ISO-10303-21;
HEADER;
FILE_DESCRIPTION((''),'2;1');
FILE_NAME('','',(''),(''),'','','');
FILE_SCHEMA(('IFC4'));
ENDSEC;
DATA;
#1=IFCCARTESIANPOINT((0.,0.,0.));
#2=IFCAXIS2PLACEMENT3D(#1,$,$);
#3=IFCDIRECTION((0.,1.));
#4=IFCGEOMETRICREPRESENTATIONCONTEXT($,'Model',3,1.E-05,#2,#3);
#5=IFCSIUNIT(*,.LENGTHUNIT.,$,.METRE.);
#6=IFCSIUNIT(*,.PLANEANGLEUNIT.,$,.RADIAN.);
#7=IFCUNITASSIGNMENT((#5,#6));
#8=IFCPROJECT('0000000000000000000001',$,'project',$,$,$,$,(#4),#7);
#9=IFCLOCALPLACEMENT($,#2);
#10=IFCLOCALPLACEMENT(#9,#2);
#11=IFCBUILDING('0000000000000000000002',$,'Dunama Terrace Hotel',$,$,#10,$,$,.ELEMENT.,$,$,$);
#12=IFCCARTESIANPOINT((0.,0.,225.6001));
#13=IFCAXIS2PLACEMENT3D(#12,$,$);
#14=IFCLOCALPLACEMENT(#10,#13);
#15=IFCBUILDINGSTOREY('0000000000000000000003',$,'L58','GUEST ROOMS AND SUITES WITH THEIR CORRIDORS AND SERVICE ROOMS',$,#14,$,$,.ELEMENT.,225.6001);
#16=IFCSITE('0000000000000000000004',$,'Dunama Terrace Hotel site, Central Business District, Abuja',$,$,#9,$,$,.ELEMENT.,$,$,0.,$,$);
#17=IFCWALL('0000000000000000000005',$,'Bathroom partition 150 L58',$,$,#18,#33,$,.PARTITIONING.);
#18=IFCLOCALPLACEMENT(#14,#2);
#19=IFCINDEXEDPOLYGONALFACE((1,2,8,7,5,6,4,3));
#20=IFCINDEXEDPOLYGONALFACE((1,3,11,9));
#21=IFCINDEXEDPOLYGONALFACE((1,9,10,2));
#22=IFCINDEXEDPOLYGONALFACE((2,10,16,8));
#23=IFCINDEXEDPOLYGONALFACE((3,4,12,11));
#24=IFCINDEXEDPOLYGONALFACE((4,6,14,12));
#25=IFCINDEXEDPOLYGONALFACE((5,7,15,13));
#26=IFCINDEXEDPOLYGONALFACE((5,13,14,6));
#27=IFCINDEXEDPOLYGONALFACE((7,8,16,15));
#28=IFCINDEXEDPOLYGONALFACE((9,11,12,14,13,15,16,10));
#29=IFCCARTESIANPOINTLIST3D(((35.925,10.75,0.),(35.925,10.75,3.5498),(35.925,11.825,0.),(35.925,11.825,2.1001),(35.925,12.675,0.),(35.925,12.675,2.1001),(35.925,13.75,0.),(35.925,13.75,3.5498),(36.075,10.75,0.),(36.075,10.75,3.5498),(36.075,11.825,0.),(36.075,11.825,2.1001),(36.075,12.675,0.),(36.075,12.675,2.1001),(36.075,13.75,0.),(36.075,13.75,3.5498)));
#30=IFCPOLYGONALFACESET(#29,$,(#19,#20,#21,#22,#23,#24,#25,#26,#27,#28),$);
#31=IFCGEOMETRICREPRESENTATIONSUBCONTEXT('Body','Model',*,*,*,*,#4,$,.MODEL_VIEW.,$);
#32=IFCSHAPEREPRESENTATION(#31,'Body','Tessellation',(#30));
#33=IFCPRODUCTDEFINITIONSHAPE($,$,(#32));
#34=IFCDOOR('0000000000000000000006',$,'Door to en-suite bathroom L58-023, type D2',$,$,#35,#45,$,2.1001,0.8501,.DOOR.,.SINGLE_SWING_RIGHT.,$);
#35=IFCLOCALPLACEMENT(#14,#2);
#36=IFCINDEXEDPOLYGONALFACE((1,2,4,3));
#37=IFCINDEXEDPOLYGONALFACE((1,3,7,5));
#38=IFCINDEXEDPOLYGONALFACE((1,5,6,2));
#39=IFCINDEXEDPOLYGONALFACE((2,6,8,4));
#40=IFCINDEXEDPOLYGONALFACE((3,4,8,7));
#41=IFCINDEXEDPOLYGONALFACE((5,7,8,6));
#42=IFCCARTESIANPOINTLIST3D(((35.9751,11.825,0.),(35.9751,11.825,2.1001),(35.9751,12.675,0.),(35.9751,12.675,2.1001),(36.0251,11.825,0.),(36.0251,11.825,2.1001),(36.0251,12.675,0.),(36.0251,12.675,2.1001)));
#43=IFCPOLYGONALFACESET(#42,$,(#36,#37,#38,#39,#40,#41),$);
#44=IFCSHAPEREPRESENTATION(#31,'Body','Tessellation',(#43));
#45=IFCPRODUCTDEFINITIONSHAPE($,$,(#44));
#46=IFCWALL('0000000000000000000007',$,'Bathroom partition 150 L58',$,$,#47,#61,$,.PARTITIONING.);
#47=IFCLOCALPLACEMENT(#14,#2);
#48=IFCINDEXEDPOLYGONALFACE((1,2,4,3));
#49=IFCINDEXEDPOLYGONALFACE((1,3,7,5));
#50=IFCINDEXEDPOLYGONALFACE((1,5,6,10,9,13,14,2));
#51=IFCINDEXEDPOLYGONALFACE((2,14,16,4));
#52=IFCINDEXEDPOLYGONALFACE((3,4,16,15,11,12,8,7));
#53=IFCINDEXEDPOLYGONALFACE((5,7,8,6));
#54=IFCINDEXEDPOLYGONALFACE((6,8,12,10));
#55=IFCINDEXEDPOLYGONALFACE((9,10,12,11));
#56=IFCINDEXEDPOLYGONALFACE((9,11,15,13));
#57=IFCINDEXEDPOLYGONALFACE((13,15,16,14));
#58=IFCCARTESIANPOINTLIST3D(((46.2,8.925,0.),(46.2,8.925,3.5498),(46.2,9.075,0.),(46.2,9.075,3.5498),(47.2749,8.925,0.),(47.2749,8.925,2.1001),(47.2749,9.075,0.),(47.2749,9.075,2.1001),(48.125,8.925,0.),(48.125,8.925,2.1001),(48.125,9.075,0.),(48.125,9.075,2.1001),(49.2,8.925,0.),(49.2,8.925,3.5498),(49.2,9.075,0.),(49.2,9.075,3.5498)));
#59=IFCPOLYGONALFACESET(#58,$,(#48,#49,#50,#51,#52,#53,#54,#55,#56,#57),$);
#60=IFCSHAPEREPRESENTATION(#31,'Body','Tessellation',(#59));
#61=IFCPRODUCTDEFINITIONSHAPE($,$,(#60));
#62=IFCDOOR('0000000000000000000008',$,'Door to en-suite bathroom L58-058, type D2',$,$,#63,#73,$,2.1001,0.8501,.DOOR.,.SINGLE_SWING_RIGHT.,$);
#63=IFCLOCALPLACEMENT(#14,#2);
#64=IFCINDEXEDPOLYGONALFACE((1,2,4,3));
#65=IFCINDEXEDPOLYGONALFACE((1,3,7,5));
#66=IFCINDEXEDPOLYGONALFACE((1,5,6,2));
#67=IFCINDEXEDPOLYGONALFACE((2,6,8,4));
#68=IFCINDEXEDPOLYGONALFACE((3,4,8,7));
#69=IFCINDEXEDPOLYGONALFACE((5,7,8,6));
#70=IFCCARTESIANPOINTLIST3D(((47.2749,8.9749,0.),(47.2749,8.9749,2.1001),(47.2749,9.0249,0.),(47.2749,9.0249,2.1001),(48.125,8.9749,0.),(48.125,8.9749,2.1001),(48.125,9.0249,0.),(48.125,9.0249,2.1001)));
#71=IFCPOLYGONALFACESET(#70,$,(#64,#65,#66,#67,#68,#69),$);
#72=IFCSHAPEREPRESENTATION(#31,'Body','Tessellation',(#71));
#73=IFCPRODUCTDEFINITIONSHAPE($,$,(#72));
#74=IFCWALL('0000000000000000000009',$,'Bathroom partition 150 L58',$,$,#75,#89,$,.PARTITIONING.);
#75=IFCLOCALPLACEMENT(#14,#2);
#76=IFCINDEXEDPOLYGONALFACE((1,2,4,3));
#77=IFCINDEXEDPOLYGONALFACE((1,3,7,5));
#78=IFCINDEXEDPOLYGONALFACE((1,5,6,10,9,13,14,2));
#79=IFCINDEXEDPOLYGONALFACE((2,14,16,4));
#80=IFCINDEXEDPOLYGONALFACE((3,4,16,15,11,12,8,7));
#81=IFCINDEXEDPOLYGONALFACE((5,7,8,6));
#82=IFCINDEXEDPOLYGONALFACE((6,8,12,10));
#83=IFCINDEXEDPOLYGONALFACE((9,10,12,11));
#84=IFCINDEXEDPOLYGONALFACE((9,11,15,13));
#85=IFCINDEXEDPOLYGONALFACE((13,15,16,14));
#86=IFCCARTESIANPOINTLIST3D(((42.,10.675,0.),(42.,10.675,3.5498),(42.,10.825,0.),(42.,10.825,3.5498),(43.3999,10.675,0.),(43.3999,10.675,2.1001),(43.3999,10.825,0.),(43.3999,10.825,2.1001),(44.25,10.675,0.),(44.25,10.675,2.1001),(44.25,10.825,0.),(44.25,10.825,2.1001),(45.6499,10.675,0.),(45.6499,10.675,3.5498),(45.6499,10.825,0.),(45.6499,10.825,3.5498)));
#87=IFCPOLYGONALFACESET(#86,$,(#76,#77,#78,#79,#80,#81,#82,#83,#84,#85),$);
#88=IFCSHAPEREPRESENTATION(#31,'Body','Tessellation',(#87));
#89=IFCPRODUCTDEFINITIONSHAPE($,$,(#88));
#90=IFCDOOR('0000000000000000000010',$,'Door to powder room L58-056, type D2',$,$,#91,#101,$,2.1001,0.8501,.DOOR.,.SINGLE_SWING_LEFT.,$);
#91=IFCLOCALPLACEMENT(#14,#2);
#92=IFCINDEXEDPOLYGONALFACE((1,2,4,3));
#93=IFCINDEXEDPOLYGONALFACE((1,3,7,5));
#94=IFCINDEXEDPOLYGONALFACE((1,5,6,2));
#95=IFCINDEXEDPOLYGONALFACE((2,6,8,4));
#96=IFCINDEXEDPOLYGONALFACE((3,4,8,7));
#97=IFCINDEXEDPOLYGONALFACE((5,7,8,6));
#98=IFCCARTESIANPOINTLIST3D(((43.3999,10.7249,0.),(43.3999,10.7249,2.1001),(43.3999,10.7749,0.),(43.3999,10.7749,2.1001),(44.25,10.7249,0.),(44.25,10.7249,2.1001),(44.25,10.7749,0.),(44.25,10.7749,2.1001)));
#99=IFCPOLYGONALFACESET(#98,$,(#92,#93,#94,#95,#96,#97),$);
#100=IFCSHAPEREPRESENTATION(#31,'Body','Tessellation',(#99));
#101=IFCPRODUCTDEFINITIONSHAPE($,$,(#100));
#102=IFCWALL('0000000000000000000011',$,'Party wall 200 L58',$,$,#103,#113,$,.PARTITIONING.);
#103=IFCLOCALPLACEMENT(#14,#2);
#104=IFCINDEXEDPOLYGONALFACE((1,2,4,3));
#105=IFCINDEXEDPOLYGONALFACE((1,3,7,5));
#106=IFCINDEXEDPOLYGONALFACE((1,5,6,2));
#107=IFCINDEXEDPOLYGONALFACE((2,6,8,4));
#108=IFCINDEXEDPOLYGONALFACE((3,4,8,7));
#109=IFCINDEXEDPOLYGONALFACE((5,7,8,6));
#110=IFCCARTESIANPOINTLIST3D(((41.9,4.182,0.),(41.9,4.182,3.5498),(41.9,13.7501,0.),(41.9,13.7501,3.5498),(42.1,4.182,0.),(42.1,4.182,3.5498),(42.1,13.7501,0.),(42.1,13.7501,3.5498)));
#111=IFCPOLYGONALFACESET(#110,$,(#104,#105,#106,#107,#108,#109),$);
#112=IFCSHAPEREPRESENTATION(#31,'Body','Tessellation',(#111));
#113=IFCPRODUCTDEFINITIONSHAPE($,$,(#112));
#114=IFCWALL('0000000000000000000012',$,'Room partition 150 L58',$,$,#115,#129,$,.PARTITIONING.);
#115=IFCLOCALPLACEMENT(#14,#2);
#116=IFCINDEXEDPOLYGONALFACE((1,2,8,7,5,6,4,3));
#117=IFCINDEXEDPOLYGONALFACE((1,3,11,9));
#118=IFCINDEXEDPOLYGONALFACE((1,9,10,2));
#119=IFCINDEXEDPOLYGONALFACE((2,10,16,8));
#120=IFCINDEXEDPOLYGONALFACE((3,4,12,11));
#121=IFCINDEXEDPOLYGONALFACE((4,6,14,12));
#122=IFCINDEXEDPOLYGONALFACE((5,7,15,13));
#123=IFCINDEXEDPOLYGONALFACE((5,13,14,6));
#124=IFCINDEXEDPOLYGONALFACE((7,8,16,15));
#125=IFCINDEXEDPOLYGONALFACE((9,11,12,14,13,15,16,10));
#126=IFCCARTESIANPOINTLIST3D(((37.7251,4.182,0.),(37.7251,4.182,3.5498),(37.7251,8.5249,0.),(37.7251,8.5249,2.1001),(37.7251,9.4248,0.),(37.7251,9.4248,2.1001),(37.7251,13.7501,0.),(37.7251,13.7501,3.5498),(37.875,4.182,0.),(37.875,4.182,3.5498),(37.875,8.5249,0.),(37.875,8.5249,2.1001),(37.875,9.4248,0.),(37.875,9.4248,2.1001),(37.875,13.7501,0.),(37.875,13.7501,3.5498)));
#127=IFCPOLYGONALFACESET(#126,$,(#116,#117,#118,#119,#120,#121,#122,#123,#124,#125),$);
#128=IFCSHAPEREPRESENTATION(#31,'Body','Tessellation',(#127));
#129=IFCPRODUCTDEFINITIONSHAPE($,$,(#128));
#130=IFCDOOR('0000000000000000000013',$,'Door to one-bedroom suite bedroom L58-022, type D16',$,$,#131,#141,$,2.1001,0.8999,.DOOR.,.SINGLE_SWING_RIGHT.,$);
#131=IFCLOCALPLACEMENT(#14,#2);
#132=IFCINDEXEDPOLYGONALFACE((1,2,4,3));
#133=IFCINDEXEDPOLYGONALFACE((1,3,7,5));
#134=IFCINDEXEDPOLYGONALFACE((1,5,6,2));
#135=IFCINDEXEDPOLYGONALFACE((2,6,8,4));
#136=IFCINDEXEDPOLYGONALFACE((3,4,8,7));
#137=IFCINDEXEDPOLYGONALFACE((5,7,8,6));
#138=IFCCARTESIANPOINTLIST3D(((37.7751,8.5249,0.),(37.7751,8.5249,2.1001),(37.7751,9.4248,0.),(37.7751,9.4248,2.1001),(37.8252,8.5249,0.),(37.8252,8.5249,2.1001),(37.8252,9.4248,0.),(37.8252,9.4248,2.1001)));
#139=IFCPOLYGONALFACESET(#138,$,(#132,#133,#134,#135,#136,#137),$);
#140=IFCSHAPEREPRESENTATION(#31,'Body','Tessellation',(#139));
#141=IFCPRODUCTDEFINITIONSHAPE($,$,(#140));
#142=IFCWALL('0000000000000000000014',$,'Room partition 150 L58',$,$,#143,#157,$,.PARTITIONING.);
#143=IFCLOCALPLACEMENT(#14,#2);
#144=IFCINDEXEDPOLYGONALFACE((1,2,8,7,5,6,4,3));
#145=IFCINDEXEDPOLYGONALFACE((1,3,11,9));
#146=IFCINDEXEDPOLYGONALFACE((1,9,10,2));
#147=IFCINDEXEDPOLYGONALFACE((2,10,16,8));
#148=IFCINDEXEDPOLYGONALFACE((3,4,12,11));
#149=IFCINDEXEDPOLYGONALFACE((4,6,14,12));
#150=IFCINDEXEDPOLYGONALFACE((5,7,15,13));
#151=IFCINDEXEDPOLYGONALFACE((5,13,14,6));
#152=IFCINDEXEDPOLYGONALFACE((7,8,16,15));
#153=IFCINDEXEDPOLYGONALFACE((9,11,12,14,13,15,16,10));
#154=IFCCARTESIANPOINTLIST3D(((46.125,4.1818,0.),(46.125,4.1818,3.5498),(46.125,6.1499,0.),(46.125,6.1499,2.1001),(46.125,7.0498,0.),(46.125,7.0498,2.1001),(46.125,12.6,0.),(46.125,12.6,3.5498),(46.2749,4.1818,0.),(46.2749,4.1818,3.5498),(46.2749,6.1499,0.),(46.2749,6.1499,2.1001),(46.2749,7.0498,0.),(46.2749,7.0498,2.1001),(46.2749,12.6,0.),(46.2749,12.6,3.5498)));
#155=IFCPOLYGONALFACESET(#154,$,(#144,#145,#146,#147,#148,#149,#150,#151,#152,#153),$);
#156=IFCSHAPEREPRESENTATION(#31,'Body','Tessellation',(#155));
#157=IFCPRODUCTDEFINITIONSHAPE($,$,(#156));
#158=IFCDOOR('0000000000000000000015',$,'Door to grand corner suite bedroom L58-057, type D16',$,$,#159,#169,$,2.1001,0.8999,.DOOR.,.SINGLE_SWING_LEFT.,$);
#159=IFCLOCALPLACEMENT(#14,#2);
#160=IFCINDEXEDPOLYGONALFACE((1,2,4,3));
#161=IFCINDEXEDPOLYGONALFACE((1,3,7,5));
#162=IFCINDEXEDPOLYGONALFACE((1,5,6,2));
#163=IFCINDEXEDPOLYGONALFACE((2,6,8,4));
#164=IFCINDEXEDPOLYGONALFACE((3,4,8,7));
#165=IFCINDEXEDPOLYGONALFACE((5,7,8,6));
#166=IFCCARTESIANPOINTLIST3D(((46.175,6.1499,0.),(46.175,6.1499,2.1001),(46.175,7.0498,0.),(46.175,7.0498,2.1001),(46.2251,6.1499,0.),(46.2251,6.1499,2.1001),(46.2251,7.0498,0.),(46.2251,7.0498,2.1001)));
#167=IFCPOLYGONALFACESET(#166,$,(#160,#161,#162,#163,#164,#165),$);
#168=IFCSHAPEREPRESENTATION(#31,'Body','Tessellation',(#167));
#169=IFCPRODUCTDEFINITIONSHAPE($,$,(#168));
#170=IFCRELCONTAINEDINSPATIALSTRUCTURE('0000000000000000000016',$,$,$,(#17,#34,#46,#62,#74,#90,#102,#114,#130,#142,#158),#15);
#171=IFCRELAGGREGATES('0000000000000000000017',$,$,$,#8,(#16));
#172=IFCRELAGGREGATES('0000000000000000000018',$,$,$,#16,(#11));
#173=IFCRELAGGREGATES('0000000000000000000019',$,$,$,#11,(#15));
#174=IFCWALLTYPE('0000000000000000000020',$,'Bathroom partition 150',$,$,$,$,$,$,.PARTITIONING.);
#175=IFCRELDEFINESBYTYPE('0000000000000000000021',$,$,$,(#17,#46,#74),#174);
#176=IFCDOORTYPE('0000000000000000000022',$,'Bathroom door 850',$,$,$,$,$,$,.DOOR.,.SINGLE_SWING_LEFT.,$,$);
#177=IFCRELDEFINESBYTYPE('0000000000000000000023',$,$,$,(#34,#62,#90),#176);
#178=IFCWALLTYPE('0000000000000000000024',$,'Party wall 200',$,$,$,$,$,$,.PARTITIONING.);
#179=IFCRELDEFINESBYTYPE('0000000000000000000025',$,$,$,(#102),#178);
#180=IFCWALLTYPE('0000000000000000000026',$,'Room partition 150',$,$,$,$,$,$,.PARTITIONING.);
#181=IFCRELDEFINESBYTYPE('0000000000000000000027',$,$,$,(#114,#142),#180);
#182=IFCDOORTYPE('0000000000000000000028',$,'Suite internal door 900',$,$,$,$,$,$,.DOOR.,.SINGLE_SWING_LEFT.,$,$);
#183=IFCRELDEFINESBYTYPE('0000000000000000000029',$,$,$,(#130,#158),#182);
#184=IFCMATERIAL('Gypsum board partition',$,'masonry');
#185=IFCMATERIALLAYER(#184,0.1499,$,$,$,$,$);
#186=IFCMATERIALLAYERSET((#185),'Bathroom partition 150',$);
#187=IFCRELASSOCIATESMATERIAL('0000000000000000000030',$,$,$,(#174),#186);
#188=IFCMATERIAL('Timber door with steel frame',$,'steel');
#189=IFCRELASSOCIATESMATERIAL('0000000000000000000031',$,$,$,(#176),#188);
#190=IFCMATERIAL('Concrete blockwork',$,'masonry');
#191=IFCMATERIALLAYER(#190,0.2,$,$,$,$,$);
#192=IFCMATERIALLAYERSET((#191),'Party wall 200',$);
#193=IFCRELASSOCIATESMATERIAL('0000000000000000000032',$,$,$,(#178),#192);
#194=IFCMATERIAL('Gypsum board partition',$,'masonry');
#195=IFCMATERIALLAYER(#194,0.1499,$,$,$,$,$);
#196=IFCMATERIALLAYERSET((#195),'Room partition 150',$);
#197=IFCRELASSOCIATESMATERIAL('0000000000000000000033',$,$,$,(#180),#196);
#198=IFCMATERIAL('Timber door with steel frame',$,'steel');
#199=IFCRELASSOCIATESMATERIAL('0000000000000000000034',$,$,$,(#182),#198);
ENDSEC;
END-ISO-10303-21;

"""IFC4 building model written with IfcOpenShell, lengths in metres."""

from ifc_helpers import new_model, si_unit, direction, frame, frame_2d, origin, place, context, subcontext, project, spatial, rectangle, extrude, material, layer, layer_set, type_object, element, fill, save


model = new_model("IFC4")

# Units and contexts
model_context = context("Model", 3, precision=1e-05, world=origin(), true_north=direction((0.0, 1.0)))
body_context = subcontext(model_context, "Body", "Model", "MODEL_VIEW")
ifc_project = project(units=[si_unit("LENGTHUNIT", "METRE"), si_unit("PLANEANGLEUNIT", "RADIAN")], contexts=[model_context])

# Site, building, storey
site_placement = place(None, origin())
site = spatial("IfcSite", under=ifc_project, at=site_placement, Name="Dunama Terrace Hotel site, Central Business District, Abuja", CompositionType="ELEMENT", RefElevation=0.0)
building_placement = place(site_placement, origin())
building = spatial("IfcBuilding", under=site, at=building_placement, Name="Dunama Terrace Hotel", CompositionType="ELEMENT")
storey_placement = place(building_placement, frame((0.0, 0.0, 225.6001)))
storey = spatial("IfcBuildingStorey", under=building, at=storey_placement, Name="L58", Description="GUEST ROOMS AND SUITES WITH THEIR CORRIDORS AND SERVICE ROOMS", CompositionType="ELEMENT", Elevation=225.6001)

# Walls, openings, doors
ifc_material_1 = material(Name="Gypsum board partition", Category="masonry")
ifc_layer_1 = layer(ifc_material_1, 0.1499)
ifc_layer_set_1 = layer_set([ifc_layer_1], Name="Bathroom partition 150")
wall_type_1 = type_object("IfcWallType", Name="Bathroom partition 150", PredefinedType="PARTITIONING", material=ifc_layer_set_1)
wall_1_placement = place(storey_placement, frame((36.0, 10.75, 0.0), z_axis=(0.0, 0.0, 1.0), x_axis=(0.0, 1.0, 0.0)))
wall_1 = element("IfcWall", 1, at=wall_1_placement, inside=storey, type_object=wall_type_1, Name="Bathroom partition 150 L58", PredefinedType="PARTITIONING", context=body_context, shape_type="SweptSolid", body=[
    extrude(rectangle(XDim=3.0, YDim=0.1499, at=frame_2d((1.5, 0.0))), origin(), (0.0, 0.0, 1.0), 3.5498),
])
opening_1_placement = place(wall_1_placement, frame((1.075, 0.0, 0.0)))
opening_1 = element("IfcOpeningElement", 2, at=opening_1_placement, cuts=wall_1, PredefinedType="OPENING", context=body_context, shape_type="SweptSolid", body=[
    extrude(rectangle(XDim=0.8501, YDim=2.1001, at=frame_2d((0.425, 1.05))), frame((0.0, 0.085, 0.0), z_axis=(0.0, -1.0, 0.0), x_axis=(1.0, 0.0, 0.0)), (0.0, 0.0, 1.0), 0.1699),
])
ifc_material_2 = material(Name="Timber door with steel frame", Category="steel")
door_type_1 = type_object("IfcDoorType", Name="Bathroom door 850", OperationType="SINGLE_SWING_LEFT", PredefinedType="DOOR", material=ifc_material_2)
door_1_placement = place(opening_1_placement, origin())
door_1 = element("IfcDoor", 3, at=door_1_placement, inside=storey, type_object=door_type_1, Name="Door to en-suite bathroom L58-023, type D2", OperationType="SINGLE_SWING_RIGHT", OverallHeight=2.1001, OverallWidth=0.8501, PredefinedType="DOOR", context=body_context, shape_type="SweptSolid", body=[
    extrude(rectangle(XDim=0.8501, YDim=2.1001, at=frame_2d((0.425, 1.05))), frame((0.0, 0.0249, 0.0), z_axis=(0.0, -1.0, 0.0), x_axis=(1.0, 0.0, 0.0)), (0.0, 0.0, 1.0), 0.05),
])
fill(opening_1, door_1)
wall_2_placement = place(storey_placement, frame((46.2, 9.0, 0.0), z_axis=(0.0, 0.0, 1.0), x_axis=(1.0, 0.0, 0.0)))
wall_2 = element("IfcWall", 4, at=wall_2_placement, inside=storey, type_object=wall_type_1, Name="Bathroom partition 150 L58", PredefinedType="PARTITIONING", context=body_context, shape_type="SweptSolid", body=[
    extrude(rectangle(XDim=3.0, YDim=0.1499, at=frame_2d((1.5, 0.0))), origin(), (0.0, 0.0, 1.0), 3.5498),
])
opening_2_placement = place(wall_2_placement, frame((1.075, 0.0, 0.0)))
opening_2 = element("IfcOpeningElement", 5, at=opening_2_placement, cuts=wall_2, PredefinedType="OPENING", context=body_context, shape_type="SweptSolid", body=[
    extrude(rectangle(XDim=0.8501, YDim=2.1001, at=frame_2d((0.425, 1.05))), frame((0.0, 0.085, 0.0), z_axis=(0.0, -1.0, 0.0), x_axis=(1.0, 0.0, 0.0)), (0.0, 0.0, 1.0), 0.1699),
])
door_2_placement = place(opening_2_placement, origin())
door_2 = element("IfcDoor", 6, at=door_2_placement, inside=storey, type_object=door_type_1, Name="Door to en-suite bathroom L58-058, type D2", OperationType="SINGLE_SWING_RIGHT", OverallHeight=2.1001, OverallWidth=0.8501, PredefinedType="DOOR", context=body_context, shape_type="SweptSolid", body=[
    extrude(rectangle(XDim=0.8501, YDim=2.1001, at=frame_2d((0.425, 1.05))), frame((0.0, 0.0249, 0.0), z_axis=(0.0, -1.0, 0.0), x_axis=(1.0, 0.0, 0.0)), (0.0, 0.0, 1.0), 0.05),
])
fill(opening_2, door_2)
wall_3_placement = place(storey_placement, frame((42.0, 10.75, 0.0), z_axis=(0.0, 0.0, 1.0), x_axis=(1.0, 0.0, 0.0)))
wall_3 = element("IfcWall", 7, at=wall_3_placement, inside=storey, type_object=wall_type_1, Name="Bathroom partition 150 L58", PredefinedType="PARTITIONING", context=body_context, shape_type="SweptSolid", body=[
    extrude(rectangle(XDim=3.6499, YDim=0.1499, at=frame_2d((1.825, 0.0))), origin(), (0.0, 0.0, 1.0), 3.5498),
])
opening_3_placement = place(wall_3_placement, frame((1.3999, 0.0, 0.0)))
opening_3 = element("IfcOpeningElement", 8, at=opening_3_placement, cuts=wall_3, PredefinedType="OPENING", context=body_context, shape_type="SweptSolid", body=[
    extrude(rectangle(XDim=0.8501, YDim=2.1001, at=frame_2d((0.425, 1.05))), frame((0.0, 0.085, 0.0), z_axis=(0.0, -1.0, 0.0), x_axis=(1.0, 0.0, 0.0)), (0.0, 0.0, 1.0), 0.1699),
])
door_3_placement = place(opening_3_placement, origin())
door_3 = element("IfcDoor", 9, at=door_3_placement, inside=storey, type_object=door_type_1, Name="Door to powder room L58-056, type D2", OperationType="SINGLE_SWING_LEFT", OverallHeight=2.1001, OverallWidth=0.8501, PredefinedType="DOOR", context=body_context, shape_type="SweptSolid", body=[
    extrude(rectangle(XDim=0.8501, YDim=2.1001, at=frame_2d((0.425, 1.05))), frame((0.0, 0.0249, 0.0), z_axis=(0.0, -1.0, 0.0), x_axis=(1.0, 0.0, 0.0)), (0.0, 0.0, 1.0), 0.05),
])
fill(opening_3, door_3)

# Wall
ifc_material_3 = material(Name="Concrete blockwork", Category="masonry")
ifc_layer_2 = layer(ifc_material_3, 0.2)
ifc_layer_set_2 = layer_set([ifc_layer_2], Name="Party wall 200")
wall_type_2 = type_object("IfcWallType", Name="Party wall 200", PredefinedType="PARTITIONING", material=ifc_layer_set_2)
wall_4_placement = place(storey_placement, frame((42.0, 4.1819, 0.0), z_axis=(0.0, 0.0, 1.0), x_axis=(0.0, 1.0, 0.0)))
element("IfcWall", 10, at=wall_4_placement, inside=storey, type_object=wall_type_2, Name="Party wall 200 L58", PredefinedType="PARTITIONING", context=body_context, shape_type="SweptSolid", body=[
    extrude(rectangle(XDim=9.5681, YDim=0.2, at=frame_2d((4.7842, 0.0))), origin(), (0.0, 0.0, 1.0), 3.5498),
])

# Walls, openings, doors
ifc_material_4 = material(Name="Gypsum board partition", Category="masonry")
ifc_layer_3 = layer(ifc_material_4, 0.1499)
ifc_layer_set_3 = layer_set([ifc_layer_3], Name="Room partition 150")
wall_type_3 = type_object("IfcWallType", Name="Room partition 150", PredefinedType="PARTITIONING", material=ifc_layer_set_3)
wall_5_placement = place(storey_placement, frame((37.8, 4.1819, 0.0), z_axis=(0.0, 0.0, 1.0), x_axis=(0.0, 1.0, 0.0)))
wall_5 = element("IfcWall", 11, at=wall_5_placement, inside=storey, type_object=wall_type_3, Name="Room partition 150 L58", PredefinedType="PARTITIONING", context=body_context, shape_type="SweptSolid", body=[
    extrude(rectangle(XDim=9.5681, YDim=0.1499, at=frame_2d((4.7842, 0.0))), origin(), (0.0, 0.0, 1.0), 3.5498),
])
opening_4_placement = place(wall_5_placement, frame((4.343, 0.0, 0.0)))
opening_4 = element("IfcOpeningElement", 12, at=opening_4_placement, cuts=wall_5, PredefinedType="OPENING", context=body_context, shape_type="SweptSolid", body=[
    extrude(rectangle(XDim=0.8999, YDim=2.1001, at=frame_2d((0.45, 1.05))), frame((0.0, 0.085, 0.0), z_axis=(0.0, -1.0, 0.0), x_axis=(1.0, 0.0, 0.0)), (0.0, 0.0, 1.0), 0.1699),
])
ifc_material_5 = material(Name="Timber door with steel frame", Category="steel")
door_type_2 = type_object("IfcDoorType", Name="Suite internal door 900", OperationType="SINGLE_SWING_LEFT", PredefinedType="DOOR", material=ifc_material_5)
door_4_placement = place(opening_4_placement, origin())
door_4 = element("IfcDoor", 13, at=door_4_placement, inside=storey, type_object=door_type_2, Name="Door to one-bedroom suite bedroom L58-022, type D16", OperationType="SINGLE_SWING_RIGHT", OverallHeight=2.1001, OverallWidth=0.8999, PredefinedType="DOOR", context=body_context, shape_type="SweptSolid", body=[
    extrude(rectangle(XDim=0.8999, YDim=2.1001, at=frame_2d((0.45, 1.05))), frame((0.0, 0.0249, 0.0), z_axis=(0.0, -1.0, 0.0), x_axis=(1.0, 0.0, 0.0)), (0.0, 0.0, 1.0), 0.05),
])
fill(opening_4, door_4)
wall_6_placement = place(storey_placement, frame((46.2, 4.1819, 0.0), z_axis=(0.0, 0.0, 1.0), x_axis=(0.0, 1.0, 0.0)))
wall_6 = element("IfcWall", 14, at=wall_6_placement, inside=storey, type_object=wall_type_3, Name="Room partition 150 L58", PredefinedType="PARTITIONING", context=body_context, shape_type="SweptSolid", body=[
    extrude(rectangle(XDim=8.4182, YDim=0.1499, at=frame_2d((4.209, 0.0))), origin(), (0.0, 0.0, 1.0), 3.5498),
])
opening_5_placement = place(wall_6_placement, frame((1.968, 0.0, 0.0)))
opening_5 = element("IfcOpeningElement", 15, at=opening_5_placement, cuts=wall_6, PredefinedType="OPENING", context=body_context, shape_type="SweptSolid", body=[
    extrude(rectangle(XDim=0.8999, YDim=2.1001, at=frame_2d((0.45, 1.05))), frame((0.0, 0.085, 0.0), z_axis=(0.0, -1.0, 0.0), x_axis=(1.0, 0.0, 0.0)), (0.0, 0.0, 1.0), 0.1699),
])
door_5_placement = place(opening_5_placement, frame((0.8999, 0.0, 0.0), z_axis=(0.0, 0.0, 1.0), x_axis=(-1.0, 0.0, 0.0)))
door_5 = element("IfcDoor", 16, at=door_5_placement, inside=storey, type_object=door_type_2, Name="Door to grand corner suite bedroom L58-057, type D16", OperationType="SINGLE_SWING_LEFT", OverallHeight=2.1001, OverallWidth=0.8999, PredefinedType="DOOR", context=body_context, shape_type="SweptSolid", body=[
    extrude(rectangle(XDim=0.8999, YDim=2.1001, at=frame_2d((0.45, 1.05))), frame((0.0, 0.0251, 0.0), z_axis=(0.0, -1.0, 0.0), x_axis=(1.0, 0.0, 0.0)), (0.0, 0.0, 1.0), 0.05),
])
fill(opening_5, door_5)

save(model, "model.ifc")
